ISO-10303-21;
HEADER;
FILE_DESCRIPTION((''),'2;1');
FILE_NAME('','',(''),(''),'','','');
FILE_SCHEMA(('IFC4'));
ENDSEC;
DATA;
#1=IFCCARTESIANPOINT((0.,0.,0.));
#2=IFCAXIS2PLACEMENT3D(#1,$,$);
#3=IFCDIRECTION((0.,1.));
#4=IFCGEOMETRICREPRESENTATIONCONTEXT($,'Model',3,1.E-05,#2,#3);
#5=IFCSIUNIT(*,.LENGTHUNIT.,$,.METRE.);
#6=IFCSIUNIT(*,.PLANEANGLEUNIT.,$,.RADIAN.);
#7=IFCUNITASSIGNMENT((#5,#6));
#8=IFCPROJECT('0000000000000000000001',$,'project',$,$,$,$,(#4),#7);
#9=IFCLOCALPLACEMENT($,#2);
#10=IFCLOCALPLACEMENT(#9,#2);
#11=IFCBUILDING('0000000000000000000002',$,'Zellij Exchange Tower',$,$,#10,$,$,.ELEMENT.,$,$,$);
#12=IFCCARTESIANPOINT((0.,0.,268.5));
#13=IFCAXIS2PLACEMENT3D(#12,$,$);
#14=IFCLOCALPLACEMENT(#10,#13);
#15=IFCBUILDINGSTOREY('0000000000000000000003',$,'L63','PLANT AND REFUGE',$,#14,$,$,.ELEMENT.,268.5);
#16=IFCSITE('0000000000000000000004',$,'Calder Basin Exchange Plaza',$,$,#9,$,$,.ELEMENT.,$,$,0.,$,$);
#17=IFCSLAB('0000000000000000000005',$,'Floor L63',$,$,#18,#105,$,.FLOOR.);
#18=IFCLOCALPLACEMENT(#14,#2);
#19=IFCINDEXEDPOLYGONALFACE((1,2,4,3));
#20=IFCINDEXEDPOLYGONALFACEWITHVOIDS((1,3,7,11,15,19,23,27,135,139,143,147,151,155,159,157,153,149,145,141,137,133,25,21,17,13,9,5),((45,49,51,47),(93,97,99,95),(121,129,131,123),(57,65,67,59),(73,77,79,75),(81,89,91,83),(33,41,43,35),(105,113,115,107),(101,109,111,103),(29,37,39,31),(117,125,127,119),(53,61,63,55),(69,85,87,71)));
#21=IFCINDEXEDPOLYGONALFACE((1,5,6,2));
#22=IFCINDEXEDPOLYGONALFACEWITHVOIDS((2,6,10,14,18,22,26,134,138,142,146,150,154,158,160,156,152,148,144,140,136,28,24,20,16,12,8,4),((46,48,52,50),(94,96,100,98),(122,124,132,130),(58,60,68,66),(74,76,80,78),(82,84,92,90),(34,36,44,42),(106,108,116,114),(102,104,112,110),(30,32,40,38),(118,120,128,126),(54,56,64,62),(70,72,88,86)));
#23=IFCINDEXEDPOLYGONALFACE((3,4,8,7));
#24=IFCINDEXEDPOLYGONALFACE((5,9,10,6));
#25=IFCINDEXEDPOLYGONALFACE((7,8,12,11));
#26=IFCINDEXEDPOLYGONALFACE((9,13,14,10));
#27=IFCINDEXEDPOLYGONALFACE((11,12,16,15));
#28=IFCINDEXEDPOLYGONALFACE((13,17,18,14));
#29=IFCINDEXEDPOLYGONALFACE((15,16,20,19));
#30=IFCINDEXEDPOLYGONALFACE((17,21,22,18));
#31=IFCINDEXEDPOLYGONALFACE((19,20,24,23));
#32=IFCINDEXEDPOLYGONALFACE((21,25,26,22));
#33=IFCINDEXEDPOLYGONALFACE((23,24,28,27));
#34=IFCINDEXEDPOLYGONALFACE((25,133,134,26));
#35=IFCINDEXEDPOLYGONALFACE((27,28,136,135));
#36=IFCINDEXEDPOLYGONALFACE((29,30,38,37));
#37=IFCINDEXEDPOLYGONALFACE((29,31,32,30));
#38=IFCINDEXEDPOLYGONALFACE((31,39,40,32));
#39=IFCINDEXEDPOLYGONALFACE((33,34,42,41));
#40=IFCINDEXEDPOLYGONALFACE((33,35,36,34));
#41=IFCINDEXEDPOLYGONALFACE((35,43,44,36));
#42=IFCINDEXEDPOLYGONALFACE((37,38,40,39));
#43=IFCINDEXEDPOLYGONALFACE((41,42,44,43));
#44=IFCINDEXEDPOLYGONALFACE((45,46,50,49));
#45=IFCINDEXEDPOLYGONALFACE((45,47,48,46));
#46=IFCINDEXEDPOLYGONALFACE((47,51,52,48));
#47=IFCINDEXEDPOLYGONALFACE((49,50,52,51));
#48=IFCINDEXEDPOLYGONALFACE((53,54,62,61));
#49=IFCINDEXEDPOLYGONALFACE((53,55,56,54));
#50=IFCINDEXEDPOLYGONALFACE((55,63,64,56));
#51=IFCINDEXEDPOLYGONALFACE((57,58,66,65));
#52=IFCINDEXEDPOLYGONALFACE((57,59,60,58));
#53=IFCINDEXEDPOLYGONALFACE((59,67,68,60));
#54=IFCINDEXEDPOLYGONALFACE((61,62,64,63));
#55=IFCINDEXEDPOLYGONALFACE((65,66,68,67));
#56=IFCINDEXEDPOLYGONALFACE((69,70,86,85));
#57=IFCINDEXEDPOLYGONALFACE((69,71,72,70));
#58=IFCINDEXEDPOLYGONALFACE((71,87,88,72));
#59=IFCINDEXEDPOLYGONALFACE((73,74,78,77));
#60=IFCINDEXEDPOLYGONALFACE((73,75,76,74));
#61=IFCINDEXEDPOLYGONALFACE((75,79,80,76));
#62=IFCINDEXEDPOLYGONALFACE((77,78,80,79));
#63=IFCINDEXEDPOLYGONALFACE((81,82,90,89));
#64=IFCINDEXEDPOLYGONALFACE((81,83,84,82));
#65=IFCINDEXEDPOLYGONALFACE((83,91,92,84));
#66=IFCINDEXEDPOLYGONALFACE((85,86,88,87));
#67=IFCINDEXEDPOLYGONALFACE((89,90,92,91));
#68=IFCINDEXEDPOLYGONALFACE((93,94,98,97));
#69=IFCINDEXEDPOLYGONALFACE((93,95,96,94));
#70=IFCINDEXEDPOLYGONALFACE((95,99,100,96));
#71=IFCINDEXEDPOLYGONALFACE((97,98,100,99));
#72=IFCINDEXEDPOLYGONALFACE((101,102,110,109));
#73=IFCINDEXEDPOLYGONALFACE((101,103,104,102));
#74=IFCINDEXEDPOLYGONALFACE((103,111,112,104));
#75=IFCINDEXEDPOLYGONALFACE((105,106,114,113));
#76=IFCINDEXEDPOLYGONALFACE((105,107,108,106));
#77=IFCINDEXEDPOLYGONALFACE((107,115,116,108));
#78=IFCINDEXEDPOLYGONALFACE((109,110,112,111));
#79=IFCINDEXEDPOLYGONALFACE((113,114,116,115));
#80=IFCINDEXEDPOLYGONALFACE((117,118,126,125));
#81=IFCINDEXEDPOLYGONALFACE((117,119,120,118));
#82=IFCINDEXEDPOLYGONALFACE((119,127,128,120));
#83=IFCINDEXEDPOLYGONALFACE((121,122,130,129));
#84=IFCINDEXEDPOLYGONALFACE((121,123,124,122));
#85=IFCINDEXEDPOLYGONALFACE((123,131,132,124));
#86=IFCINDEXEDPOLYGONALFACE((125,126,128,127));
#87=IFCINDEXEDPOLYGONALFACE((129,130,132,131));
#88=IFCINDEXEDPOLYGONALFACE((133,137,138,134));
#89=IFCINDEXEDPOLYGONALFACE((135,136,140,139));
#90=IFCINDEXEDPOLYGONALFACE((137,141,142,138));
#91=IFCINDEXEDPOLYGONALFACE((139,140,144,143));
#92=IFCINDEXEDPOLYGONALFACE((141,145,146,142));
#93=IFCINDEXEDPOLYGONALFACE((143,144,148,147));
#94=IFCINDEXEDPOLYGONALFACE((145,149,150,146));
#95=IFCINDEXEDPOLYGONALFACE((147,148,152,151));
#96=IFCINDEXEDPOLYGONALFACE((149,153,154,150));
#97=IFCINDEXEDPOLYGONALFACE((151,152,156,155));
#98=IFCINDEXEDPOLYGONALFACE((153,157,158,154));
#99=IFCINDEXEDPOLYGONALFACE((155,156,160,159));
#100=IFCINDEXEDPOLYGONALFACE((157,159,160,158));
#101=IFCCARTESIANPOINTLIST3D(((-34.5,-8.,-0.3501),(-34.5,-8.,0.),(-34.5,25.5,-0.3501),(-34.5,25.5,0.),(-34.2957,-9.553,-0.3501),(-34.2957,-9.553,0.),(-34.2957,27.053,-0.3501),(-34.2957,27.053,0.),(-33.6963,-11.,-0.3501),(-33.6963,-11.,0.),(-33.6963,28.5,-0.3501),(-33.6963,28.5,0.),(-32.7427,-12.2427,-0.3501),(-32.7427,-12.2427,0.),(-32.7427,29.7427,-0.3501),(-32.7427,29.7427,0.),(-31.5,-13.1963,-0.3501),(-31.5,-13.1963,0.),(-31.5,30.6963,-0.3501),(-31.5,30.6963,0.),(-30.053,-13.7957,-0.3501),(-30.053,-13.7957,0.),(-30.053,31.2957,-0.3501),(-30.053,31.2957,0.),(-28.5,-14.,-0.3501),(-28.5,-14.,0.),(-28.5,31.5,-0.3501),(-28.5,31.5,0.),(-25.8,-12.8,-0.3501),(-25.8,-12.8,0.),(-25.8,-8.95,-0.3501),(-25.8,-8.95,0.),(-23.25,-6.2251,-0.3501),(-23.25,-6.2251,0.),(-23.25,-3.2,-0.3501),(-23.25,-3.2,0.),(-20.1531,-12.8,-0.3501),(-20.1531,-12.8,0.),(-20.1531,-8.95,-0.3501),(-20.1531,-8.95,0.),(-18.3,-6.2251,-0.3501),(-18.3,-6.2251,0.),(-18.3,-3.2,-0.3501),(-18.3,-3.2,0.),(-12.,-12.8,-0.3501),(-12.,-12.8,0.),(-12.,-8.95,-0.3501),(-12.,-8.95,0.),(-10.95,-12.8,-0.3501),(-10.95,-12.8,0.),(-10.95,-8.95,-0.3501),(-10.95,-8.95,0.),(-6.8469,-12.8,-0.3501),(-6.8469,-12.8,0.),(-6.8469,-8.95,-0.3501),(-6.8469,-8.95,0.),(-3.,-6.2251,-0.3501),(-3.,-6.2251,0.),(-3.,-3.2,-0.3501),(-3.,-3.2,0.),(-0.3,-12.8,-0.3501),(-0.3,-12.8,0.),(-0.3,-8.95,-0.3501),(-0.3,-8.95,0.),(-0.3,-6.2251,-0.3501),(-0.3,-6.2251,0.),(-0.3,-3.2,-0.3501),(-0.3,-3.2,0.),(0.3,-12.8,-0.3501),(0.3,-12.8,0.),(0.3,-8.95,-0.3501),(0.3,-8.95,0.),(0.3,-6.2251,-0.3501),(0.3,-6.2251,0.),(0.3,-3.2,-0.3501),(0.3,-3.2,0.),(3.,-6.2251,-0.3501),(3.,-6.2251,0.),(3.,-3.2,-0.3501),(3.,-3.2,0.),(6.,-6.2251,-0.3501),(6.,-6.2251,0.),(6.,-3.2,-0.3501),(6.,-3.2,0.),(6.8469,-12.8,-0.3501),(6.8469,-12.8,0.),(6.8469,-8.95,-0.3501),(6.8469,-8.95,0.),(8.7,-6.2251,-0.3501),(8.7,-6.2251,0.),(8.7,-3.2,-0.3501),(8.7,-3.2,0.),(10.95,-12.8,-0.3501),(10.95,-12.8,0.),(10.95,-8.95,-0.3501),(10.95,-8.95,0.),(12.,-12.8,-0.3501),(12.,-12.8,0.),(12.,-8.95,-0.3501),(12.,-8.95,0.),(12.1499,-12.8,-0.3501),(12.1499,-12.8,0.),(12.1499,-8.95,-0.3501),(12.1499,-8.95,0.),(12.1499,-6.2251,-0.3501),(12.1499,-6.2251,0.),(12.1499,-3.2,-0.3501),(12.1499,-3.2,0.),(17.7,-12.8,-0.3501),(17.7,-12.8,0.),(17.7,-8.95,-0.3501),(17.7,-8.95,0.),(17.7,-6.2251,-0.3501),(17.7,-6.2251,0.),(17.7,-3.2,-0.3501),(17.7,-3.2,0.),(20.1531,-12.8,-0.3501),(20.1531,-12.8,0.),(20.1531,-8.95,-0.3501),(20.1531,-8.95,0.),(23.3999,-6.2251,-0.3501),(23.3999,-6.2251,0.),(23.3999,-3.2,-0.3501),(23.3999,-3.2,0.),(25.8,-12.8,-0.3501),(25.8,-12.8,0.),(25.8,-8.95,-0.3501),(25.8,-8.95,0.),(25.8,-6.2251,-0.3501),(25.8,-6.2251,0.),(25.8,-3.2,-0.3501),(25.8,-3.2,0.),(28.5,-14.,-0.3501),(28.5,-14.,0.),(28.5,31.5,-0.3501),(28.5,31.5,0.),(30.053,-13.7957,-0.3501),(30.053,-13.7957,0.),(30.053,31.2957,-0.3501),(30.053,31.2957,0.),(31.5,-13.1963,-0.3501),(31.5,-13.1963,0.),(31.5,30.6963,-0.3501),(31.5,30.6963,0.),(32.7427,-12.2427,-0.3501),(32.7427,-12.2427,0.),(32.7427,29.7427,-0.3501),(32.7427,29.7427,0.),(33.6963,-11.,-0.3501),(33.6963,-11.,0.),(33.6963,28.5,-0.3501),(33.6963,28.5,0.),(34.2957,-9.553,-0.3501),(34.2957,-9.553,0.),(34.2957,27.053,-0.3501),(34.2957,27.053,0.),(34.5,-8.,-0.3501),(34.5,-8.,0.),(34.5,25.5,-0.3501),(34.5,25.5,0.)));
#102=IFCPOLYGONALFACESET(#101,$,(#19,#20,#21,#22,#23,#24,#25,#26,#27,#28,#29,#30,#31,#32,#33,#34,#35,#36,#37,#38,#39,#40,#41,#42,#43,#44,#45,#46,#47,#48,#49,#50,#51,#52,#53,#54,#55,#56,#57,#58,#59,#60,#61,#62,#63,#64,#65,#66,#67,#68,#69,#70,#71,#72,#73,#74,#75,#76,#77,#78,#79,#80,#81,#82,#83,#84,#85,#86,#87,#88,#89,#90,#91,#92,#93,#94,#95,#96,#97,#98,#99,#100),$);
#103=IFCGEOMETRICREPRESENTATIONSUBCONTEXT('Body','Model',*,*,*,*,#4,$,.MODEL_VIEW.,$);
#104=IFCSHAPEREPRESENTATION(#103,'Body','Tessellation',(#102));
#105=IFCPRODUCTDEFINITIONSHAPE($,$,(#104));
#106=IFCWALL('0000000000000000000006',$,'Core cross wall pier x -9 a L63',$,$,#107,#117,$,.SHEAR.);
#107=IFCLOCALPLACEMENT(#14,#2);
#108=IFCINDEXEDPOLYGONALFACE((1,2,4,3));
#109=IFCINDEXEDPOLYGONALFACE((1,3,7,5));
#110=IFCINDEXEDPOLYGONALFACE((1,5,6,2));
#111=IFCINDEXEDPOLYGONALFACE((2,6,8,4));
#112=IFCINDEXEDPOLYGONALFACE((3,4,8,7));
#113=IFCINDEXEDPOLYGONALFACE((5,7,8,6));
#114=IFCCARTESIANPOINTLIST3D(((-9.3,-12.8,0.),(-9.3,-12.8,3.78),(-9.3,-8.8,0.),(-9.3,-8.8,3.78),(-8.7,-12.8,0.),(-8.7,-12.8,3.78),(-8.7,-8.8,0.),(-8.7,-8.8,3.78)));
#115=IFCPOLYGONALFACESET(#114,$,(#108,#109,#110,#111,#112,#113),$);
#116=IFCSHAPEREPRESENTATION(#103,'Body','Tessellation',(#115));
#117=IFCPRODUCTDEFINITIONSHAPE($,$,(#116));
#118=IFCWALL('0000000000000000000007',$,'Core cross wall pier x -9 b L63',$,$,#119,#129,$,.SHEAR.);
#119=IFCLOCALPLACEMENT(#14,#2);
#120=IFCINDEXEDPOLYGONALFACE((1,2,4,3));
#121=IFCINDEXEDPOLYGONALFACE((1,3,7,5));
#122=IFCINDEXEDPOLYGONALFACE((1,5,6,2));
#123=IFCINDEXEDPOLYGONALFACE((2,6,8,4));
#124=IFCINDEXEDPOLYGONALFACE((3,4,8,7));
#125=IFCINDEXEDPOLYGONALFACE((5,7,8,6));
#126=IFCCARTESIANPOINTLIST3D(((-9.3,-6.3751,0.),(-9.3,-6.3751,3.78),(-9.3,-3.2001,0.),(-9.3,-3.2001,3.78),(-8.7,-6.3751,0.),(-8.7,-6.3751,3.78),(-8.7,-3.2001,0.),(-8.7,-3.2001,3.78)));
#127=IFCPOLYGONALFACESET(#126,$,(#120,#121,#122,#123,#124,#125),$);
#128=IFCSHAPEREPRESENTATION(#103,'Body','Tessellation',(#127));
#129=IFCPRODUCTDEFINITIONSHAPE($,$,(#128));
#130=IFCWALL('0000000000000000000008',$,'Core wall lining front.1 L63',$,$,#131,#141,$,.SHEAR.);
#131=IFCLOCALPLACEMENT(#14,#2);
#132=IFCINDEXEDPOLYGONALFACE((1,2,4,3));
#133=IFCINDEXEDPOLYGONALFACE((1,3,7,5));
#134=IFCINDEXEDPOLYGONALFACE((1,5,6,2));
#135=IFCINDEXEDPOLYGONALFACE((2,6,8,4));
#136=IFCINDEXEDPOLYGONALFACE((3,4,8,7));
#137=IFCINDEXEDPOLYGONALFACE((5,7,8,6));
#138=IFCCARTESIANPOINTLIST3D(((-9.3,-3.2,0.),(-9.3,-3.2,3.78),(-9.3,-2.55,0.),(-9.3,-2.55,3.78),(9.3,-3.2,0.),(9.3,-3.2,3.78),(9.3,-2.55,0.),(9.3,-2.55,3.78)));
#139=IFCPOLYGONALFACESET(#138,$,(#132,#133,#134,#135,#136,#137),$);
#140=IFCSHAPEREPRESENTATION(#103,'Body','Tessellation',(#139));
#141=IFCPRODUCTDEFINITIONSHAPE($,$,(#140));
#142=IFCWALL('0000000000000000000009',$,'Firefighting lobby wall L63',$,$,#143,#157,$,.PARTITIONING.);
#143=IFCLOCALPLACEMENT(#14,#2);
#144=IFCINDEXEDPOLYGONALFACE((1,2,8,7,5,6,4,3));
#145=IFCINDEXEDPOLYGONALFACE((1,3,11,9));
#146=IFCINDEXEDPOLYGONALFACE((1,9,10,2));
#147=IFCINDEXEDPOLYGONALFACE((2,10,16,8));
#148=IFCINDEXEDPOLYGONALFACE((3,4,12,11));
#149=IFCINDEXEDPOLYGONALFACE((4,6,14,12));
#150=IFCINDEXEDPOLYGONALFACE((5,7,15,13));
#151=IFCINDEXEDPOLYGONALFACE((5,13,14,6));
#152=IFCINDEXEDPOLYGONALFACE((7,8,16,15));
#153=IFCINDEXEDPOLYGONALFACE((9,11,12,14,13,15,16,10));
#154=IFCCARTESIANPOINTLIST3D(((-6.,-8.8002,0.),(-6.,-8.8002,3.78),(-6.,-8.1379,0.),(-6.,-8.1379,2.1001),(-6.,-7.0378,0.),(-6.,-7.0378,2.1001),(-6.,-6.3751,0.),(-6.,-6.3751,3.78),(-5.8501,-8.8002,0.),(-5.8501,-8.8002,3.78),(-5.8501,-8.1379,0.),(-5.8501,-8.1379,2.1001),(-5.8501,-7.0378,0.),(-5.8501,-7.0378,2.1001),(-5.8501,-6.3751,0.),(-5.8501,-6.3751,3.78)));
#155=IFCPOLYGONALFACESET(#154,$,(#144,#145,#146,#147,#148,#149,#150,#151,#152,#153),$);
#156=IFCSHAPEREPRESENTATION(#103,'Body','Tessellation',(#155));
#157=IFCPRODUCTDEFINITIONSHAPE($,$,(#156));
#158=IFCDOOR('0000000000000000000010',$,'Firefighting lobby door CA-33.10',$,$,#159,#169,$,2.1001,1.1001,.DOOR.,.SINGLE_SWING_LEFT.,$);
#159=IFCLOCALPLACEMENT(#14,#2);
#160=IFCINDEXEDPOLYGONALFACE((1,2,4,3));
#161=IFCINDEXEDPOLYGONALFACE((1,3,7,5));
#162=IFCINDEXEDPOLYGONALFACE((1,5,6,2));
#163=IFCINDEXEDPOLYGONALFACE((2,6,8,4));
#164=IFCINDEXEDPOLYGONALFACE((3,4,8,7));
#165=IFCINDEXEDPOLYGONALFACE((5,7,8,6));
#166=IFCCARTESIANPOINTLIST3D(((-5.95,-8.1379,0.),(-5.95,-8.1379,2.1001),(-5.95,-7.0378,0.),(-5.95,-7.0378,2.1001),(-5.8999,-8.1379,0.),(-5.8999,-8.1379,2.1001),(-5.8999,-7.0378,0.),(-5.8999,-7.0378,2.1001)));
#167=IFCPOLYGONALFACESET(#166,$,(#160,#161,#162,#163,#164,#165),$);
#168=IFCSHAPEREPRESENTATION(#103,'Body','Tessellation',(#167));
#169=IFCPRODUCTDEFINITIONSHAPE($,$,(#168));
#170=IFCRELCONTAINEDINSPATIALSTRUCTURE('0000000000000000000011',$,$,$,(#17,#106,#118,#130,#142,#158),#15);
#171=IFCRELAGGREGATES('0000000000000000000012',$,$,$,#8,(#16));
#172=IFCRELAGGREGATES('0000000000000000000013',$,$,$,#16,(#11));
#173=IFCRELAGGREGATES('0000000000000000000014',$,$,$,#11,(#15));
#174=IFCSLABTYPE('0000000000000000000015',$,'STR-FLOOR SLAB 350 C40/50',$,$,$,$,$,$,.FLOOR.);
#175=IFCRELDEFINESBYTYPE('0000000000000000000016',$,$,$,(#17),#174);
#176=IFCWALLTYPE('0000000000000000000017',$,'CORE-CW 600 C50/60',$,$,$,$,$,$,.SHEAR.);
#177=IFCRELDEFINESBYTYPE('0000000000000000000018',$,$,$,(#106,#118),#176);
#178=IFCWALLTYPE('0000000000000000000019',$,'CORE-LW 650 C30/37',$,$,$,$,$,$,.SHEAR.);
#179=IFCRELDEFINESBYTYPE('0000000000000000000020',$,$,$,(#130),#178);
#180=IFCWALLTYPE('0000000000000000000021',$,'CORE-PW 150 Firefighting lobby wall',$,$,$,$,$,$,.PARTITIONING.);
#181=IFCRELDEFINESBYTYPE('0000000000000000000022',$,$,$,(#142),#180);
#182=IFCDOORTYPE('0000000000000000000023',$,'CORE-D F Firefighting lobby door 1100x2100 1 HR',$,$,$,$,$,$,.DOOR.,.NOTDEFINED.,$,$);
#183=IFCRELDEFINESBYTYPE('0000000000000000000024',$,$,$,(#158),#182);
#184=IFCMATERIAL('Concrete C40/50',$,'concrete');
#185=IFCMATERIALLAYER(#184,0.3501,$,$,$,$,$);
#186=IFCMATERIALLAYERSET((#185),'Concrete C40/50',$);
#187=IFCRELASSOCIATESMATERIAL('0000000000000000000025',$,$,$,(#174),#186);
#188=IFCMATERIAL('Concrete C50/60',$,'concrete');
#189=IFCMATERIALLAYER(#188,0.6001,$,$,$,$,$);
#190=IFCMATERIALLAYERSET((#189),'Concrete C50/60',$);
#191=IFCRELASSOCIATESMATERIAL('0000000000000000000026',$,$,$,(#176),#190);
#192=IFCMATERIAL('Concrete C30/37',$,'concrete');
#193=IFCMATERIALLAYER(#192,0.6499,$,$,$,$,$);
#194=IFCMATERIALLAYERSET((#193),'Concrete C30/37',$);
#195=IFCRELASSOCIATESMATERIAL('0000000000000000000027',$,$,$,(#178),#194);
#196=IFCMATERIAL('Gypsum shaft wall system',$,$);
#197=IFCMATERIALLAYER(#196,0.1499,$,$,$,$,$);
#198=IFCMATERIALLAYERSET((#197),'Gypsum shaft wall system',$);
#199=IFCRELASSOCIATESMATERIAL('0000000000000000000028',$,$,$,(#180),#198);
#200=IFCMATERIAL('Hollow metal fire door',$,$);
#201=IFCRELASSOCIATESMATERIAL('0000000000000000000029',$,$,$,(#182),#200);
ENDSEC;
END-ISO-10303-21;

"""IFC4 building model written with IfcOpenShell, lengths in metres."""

from ifc_helpers import new_model, si_unit, direction, frame, frame_2d, origin, place, context, subcontext, project, spatial, polyline, rectangle, outline, extrude, material, layer, layer_set, type_object, element, fill, save


model = new_model("IFC4")

# Units and contexts
model_context = context("Model", 3, precision=1e-05, world=origin(), true_north=direction((0.0, 1.0)))
body_context = subcontext(model_context, "Body", "Model", "MODEL_VIEW")
ifc_project = project(units=[si_unit("LENGTHUNIT", "METRE"), si_unit("PLANEANGLEUNIT", "RADIAN")], contexts=[model_context])

# Site, building, storey
site_placement = place(None, origin())
site = spatial("IfcSite", under=ifc_project, at=site_placement, Name="Calder Basin Exchange Plaza", CompositionType="ELEMENT", RefElevation=0.0)
building_placement = place(site_placement, origin())
building = spatial("IfcBuilding", under=site, at=building_placement, Name="Zellij Exchange Tower", CompositionType="ELEMENT")
storey_placement = place(building_placement, frame((0.0, 0.0, 268.5)))
storey = spatial("IfcBuildingStorey", under=building, at=storey_placement, Name="L63", Description="PLANT AND REFUGE", CompositionType="ELEMENT", Elevation=268.5)

# Shared definitions
ifc_material_1 = material(Name="Concrete C50/60", Category="concrete")

# Slab
ifc_material_2 = material(Name="Concrete C40/50", Category="concrete")
ifc_layer_1 = layer(ifc_material_2, 0.3501)
ifc_layer_set_1 = layer_set([ifc_layer_1], Name="Concrete C40/50")
slab_type = type_object("IfcSlabType", Name="STR-FLOOR SLAB 350 C40/50", PredefinedType="FLOOR", material=ifc_layer_set_1)
slab_placement = place(storey_placement, frame((0.0, 0.0, -0.3501)))
element("IfcSlab", 1, at=slab_placement, inside=storey, type_object=slab_type, Name="Floor L63", PredefinedType="FLOOR", context=body_context, shape_type="SweptSolid", body=[
    extrude(outline(polyline([(-28.5, -14.0), (-30.053, -13.7957), (-31.5, -13.1963), (-32.7427, -12.2427), (-33.6963, -11.0), (-34.2957, -9.553), (-34.5, -8.0), (-34.5, 25.5), (-34.2957, 27.053), (-33.6963, 28.5), (-32.7427, 29.7427), (-31.5, 30.6963), (-30.053, 31.2957), (-28.5, 31.5), (28.5, 31.5), (30.053, 31.2957), (31.5, 30.6963), (32.7427, 29.7427), (33.6963, 28.5), (34.2957, 27.053), (34.5, 25.5), (34.5, -8.0), (34.2957, -9.553), (33.6963, -11.0), (32.7427, -12.2427), (31.5, -13.1963), (30.053, -13.7957), (28.5, -14.0), (-28.5, -14.0)]), holes=[polyline([(-25.8, -8.95), (-25.8, -12.8), (-20.1531, -12.8), (-20.1531, -8.95), (-25.8, -8.95)]), polyline([(-10.95, -8.95), (-12.0, -8.95), (-12.0, -12.8), (-10.95, -12.8), (-10.95, -8.95)]), polyline([(-0.3, -8.95), (-6.8469, -8.95), (-6.8469, -12.8), (-0.3, -12.8), (-0.3, -8.95)]), polyline([(0.3, -8.95), (0.3, -12.8), (6.8469, -12.8), (6.8469, -8.95), (0.3, -8.95)]), polyline([(-18.3, -3.2), (-23.25, -3.2), (-23.25, -6.2251), (-18.3, -6.2251), (-18.3, -3.2)]), polyline([(-0.3, -3.2), (-3.0, -3.2), (-3.0, -6.2251), (-0.3, -6.2251), (-0.3, -3.2)]), polyline([(0.3, -3.2), (0.3, -6.2251), (3.0, -6.2251), (3.0, -3.2), (0.3, -3.2)]), polyline([(12.0, -8.95), (10.95, -8.95), (10.95, -12.8), (12.0, -12.8), (12.0, -8.95)]), polyline([(17.7, -8.95), (12.1499, -8.95), (12.1499, -12.8), (17.7, -12.8), (17.7, -8.95)]), polyline([(25.8, -8.95), (20.1531, -8.95), (20.1531, -12.8), (25.8, -12.8), (25.8, -8.95)]), polyline([(8.7, -3.2), (6.0, -3.2), (6.0, -6.2251), (8.7, -6.2251), (8.7, -3.2)]), polyline([(17.7, -3.2), (12.1499, -3.2), (12.1499, -6.2251), (17.7, -6.2251), (17.7, -3.2)]), polyline([(25.8, -3.2), (23.3999, -3.2), (23.3999, -6.2251), (25.8, -6.2251), (25.8, -3.2)])]), origin(), (0.0, 0.0, 1.0), 0.3501),
])

# Walls
ifc_layer_2 = layer(ifc_material_1, 0.6001)
ifc_layer_set_2 = layer_set([ifc_layer_2], Name="Concrete C50/60")
wall_type_1 = type_object("IfcWallType", Name="CORE-CW 600 C50/60", PredefinedType="SHEAR", material=ifc_layer_set_2)
wall_1_placement = place(storey_placement, frame((-9.0, -12.8, 0.0), z_axis=(0.0, 0.0, 1.0), x_axis=(0.0, 1.0, 0.0)))
element("IfcWall", 2, at=wall_1_placement, inside=storey, type_object=wall_type_1, Name="Core cross wall pier x -9 a L63", PredefinedType="SHEAR", context=body_context, shape_type="SweptSolid", body=[
    extrude(rectangle(XDim=4.0, YDim=0.6001, at=frame_2d((2.0, 0.0))), origin(), (0.0, 0.0, 1.0), 3.78),
])
wall_2_placement = place(storey_placement, frame((-9.0, -6.375, 0.0), z_axis=(0.0, 0.0, 1.0), x_axis=(0.0, 1.0, 0.0)))
element("IfcWall", 3, at=wall_2_placement, inside=storey, type_object=wall_type_1, Name="Core cross wall pier x -9 b L63", PredefinedType="SHEAR", context=body_context, shape_type="SweptSolid", body=[
    extrude(rectangle(XDim=3.175, YDim=0.6001, at=frame_2d((1.5874, 0.0))), origin(), (0.0, 0.0, 1.0), 3.78),
])
ifc_material_3 = material(Name="Concrete C30/37", Category="concrete")
ifc_layer_3 = layer(ifc_material_3, 0.6499)
ifc_layer_set_3 = layer_set([ifc_layer_3], Name="Concrete C30/37")
wall_type_2 = type_object("IfcWallType", Name="CORE-LW 650 C30/37", PredefinedType="SHEAR", material=ifc_layer_set_3)
wall_3_placement = place(storey_placement, frame((-9.3, -2.875, 0.0), z_axis=(0.0, 0.0, 1.0), x_axis=(1.0, 0.0, 0.0)))
element("IfcWall", 4, at=wall_3_placement, inside=storey, type_object=wall_type_2, Name="Core wall lining front.1 L63", PredefinedType="SHEAR", context=body_context, shape_type="SweptSolid", body=[
    extrude(rectangle(XDim=18.6001, YDim=0.6499, at=frame_2d((9.3, 0.0))), origin(), (0.0, 0.0, 1.0), 3.78),
])

# Wall, opening, door
ifc_material_4 = material(Name="Gypsum shaft wall system")
ifc_layer_4 = layer(ifc_material_4, 0.1499)
ifc_layer_set_4 = layer_set([ifc_layer_4], Name="Gypsum shaft wall system")
wall_type_3 = type_object("IfcWallType", Name="CORE-PW 150 Firefighting lobby wall", PredefinedType="PARTITIONING", material=ifc_layer_set_4)
wall_4_placement = place(storey_placement, frame((-5.925, -8.8, 0.0), z_axis=(0.0, 0.0, 1.0), x_axis=(0.0, 1.0, 0.0)))
wall_4 = element("IfcWall", 5, at=wall_4_placement, inside=storey, type_object=wall_type_3, Name="Firefighting lobby wall L63", PredefinedType="PARTITIONING", context=body_context, shape_type="SweptSolid", body=[
    extrude(rectangle(XDim=2.425, YDim=0.1499, at=frame_2d((1.2124, 0.0))), origin(), (0.0, 0.0, 1.0), 3.78),
])
opening_1_placement = place(wall_4_placement, frame((0.6621, 0.0, 0.0)))
opening_1 = element("IfcOpeningElement", 6, at=opening_1_placement, cuts=wall_4, PredefinedType="OPENING", context=body_context, shape_type="SweptSolid", body=[
    extrude(rectangle(XDim=1.1001, YDim=2.1001, at=frame_2d((0.55, 1.05))), frame((0.0, 0.0869, 0.0), z_axis=(0.0, -1.0, 0.0), x_axis=(1.0, 0.0, 0.0)), (0.0, 0.0, 1.0), 0.1738),
])
ifc_material_5 = material(Name="Hollow metal fire door")
door_type_1 = type_object("IfcDoorType", Name="CORE-D F Firefighting lobby door 1100x2100 1 HR", OperationType="NOTDEFINED", PredefinedType="DOOR", material=ifc_material_5)
door_1_placement = place(opening_1_placement, origin())
door_1 = element("IfcDoor", 7, at=door_1_placement, inside=storey, type_object=door_type_1, Name="Firefighting lobby door CA-33.10", OperationType="SINGLE_SWING_LEFT", OverallHeight=2.1001, OverallWidth=1.1001, PredefinedType="DOOR", context=body_context, shape_type="SweptSolid", body=[
    extrude(rectangle(XDim=1.1001, YDim=2.1001, at=frame_2d((0.55, 1.05))), frame((0.0, 0.0249, 0.0), z_axis=(0.0, -1.0, 0.0), x_axis=(1.0, 0.0, 0.0)), (0.0, 0.0, 1.0), 0.05),
])
fill(opening_1, door_1)

save(model, "model.ifc")
